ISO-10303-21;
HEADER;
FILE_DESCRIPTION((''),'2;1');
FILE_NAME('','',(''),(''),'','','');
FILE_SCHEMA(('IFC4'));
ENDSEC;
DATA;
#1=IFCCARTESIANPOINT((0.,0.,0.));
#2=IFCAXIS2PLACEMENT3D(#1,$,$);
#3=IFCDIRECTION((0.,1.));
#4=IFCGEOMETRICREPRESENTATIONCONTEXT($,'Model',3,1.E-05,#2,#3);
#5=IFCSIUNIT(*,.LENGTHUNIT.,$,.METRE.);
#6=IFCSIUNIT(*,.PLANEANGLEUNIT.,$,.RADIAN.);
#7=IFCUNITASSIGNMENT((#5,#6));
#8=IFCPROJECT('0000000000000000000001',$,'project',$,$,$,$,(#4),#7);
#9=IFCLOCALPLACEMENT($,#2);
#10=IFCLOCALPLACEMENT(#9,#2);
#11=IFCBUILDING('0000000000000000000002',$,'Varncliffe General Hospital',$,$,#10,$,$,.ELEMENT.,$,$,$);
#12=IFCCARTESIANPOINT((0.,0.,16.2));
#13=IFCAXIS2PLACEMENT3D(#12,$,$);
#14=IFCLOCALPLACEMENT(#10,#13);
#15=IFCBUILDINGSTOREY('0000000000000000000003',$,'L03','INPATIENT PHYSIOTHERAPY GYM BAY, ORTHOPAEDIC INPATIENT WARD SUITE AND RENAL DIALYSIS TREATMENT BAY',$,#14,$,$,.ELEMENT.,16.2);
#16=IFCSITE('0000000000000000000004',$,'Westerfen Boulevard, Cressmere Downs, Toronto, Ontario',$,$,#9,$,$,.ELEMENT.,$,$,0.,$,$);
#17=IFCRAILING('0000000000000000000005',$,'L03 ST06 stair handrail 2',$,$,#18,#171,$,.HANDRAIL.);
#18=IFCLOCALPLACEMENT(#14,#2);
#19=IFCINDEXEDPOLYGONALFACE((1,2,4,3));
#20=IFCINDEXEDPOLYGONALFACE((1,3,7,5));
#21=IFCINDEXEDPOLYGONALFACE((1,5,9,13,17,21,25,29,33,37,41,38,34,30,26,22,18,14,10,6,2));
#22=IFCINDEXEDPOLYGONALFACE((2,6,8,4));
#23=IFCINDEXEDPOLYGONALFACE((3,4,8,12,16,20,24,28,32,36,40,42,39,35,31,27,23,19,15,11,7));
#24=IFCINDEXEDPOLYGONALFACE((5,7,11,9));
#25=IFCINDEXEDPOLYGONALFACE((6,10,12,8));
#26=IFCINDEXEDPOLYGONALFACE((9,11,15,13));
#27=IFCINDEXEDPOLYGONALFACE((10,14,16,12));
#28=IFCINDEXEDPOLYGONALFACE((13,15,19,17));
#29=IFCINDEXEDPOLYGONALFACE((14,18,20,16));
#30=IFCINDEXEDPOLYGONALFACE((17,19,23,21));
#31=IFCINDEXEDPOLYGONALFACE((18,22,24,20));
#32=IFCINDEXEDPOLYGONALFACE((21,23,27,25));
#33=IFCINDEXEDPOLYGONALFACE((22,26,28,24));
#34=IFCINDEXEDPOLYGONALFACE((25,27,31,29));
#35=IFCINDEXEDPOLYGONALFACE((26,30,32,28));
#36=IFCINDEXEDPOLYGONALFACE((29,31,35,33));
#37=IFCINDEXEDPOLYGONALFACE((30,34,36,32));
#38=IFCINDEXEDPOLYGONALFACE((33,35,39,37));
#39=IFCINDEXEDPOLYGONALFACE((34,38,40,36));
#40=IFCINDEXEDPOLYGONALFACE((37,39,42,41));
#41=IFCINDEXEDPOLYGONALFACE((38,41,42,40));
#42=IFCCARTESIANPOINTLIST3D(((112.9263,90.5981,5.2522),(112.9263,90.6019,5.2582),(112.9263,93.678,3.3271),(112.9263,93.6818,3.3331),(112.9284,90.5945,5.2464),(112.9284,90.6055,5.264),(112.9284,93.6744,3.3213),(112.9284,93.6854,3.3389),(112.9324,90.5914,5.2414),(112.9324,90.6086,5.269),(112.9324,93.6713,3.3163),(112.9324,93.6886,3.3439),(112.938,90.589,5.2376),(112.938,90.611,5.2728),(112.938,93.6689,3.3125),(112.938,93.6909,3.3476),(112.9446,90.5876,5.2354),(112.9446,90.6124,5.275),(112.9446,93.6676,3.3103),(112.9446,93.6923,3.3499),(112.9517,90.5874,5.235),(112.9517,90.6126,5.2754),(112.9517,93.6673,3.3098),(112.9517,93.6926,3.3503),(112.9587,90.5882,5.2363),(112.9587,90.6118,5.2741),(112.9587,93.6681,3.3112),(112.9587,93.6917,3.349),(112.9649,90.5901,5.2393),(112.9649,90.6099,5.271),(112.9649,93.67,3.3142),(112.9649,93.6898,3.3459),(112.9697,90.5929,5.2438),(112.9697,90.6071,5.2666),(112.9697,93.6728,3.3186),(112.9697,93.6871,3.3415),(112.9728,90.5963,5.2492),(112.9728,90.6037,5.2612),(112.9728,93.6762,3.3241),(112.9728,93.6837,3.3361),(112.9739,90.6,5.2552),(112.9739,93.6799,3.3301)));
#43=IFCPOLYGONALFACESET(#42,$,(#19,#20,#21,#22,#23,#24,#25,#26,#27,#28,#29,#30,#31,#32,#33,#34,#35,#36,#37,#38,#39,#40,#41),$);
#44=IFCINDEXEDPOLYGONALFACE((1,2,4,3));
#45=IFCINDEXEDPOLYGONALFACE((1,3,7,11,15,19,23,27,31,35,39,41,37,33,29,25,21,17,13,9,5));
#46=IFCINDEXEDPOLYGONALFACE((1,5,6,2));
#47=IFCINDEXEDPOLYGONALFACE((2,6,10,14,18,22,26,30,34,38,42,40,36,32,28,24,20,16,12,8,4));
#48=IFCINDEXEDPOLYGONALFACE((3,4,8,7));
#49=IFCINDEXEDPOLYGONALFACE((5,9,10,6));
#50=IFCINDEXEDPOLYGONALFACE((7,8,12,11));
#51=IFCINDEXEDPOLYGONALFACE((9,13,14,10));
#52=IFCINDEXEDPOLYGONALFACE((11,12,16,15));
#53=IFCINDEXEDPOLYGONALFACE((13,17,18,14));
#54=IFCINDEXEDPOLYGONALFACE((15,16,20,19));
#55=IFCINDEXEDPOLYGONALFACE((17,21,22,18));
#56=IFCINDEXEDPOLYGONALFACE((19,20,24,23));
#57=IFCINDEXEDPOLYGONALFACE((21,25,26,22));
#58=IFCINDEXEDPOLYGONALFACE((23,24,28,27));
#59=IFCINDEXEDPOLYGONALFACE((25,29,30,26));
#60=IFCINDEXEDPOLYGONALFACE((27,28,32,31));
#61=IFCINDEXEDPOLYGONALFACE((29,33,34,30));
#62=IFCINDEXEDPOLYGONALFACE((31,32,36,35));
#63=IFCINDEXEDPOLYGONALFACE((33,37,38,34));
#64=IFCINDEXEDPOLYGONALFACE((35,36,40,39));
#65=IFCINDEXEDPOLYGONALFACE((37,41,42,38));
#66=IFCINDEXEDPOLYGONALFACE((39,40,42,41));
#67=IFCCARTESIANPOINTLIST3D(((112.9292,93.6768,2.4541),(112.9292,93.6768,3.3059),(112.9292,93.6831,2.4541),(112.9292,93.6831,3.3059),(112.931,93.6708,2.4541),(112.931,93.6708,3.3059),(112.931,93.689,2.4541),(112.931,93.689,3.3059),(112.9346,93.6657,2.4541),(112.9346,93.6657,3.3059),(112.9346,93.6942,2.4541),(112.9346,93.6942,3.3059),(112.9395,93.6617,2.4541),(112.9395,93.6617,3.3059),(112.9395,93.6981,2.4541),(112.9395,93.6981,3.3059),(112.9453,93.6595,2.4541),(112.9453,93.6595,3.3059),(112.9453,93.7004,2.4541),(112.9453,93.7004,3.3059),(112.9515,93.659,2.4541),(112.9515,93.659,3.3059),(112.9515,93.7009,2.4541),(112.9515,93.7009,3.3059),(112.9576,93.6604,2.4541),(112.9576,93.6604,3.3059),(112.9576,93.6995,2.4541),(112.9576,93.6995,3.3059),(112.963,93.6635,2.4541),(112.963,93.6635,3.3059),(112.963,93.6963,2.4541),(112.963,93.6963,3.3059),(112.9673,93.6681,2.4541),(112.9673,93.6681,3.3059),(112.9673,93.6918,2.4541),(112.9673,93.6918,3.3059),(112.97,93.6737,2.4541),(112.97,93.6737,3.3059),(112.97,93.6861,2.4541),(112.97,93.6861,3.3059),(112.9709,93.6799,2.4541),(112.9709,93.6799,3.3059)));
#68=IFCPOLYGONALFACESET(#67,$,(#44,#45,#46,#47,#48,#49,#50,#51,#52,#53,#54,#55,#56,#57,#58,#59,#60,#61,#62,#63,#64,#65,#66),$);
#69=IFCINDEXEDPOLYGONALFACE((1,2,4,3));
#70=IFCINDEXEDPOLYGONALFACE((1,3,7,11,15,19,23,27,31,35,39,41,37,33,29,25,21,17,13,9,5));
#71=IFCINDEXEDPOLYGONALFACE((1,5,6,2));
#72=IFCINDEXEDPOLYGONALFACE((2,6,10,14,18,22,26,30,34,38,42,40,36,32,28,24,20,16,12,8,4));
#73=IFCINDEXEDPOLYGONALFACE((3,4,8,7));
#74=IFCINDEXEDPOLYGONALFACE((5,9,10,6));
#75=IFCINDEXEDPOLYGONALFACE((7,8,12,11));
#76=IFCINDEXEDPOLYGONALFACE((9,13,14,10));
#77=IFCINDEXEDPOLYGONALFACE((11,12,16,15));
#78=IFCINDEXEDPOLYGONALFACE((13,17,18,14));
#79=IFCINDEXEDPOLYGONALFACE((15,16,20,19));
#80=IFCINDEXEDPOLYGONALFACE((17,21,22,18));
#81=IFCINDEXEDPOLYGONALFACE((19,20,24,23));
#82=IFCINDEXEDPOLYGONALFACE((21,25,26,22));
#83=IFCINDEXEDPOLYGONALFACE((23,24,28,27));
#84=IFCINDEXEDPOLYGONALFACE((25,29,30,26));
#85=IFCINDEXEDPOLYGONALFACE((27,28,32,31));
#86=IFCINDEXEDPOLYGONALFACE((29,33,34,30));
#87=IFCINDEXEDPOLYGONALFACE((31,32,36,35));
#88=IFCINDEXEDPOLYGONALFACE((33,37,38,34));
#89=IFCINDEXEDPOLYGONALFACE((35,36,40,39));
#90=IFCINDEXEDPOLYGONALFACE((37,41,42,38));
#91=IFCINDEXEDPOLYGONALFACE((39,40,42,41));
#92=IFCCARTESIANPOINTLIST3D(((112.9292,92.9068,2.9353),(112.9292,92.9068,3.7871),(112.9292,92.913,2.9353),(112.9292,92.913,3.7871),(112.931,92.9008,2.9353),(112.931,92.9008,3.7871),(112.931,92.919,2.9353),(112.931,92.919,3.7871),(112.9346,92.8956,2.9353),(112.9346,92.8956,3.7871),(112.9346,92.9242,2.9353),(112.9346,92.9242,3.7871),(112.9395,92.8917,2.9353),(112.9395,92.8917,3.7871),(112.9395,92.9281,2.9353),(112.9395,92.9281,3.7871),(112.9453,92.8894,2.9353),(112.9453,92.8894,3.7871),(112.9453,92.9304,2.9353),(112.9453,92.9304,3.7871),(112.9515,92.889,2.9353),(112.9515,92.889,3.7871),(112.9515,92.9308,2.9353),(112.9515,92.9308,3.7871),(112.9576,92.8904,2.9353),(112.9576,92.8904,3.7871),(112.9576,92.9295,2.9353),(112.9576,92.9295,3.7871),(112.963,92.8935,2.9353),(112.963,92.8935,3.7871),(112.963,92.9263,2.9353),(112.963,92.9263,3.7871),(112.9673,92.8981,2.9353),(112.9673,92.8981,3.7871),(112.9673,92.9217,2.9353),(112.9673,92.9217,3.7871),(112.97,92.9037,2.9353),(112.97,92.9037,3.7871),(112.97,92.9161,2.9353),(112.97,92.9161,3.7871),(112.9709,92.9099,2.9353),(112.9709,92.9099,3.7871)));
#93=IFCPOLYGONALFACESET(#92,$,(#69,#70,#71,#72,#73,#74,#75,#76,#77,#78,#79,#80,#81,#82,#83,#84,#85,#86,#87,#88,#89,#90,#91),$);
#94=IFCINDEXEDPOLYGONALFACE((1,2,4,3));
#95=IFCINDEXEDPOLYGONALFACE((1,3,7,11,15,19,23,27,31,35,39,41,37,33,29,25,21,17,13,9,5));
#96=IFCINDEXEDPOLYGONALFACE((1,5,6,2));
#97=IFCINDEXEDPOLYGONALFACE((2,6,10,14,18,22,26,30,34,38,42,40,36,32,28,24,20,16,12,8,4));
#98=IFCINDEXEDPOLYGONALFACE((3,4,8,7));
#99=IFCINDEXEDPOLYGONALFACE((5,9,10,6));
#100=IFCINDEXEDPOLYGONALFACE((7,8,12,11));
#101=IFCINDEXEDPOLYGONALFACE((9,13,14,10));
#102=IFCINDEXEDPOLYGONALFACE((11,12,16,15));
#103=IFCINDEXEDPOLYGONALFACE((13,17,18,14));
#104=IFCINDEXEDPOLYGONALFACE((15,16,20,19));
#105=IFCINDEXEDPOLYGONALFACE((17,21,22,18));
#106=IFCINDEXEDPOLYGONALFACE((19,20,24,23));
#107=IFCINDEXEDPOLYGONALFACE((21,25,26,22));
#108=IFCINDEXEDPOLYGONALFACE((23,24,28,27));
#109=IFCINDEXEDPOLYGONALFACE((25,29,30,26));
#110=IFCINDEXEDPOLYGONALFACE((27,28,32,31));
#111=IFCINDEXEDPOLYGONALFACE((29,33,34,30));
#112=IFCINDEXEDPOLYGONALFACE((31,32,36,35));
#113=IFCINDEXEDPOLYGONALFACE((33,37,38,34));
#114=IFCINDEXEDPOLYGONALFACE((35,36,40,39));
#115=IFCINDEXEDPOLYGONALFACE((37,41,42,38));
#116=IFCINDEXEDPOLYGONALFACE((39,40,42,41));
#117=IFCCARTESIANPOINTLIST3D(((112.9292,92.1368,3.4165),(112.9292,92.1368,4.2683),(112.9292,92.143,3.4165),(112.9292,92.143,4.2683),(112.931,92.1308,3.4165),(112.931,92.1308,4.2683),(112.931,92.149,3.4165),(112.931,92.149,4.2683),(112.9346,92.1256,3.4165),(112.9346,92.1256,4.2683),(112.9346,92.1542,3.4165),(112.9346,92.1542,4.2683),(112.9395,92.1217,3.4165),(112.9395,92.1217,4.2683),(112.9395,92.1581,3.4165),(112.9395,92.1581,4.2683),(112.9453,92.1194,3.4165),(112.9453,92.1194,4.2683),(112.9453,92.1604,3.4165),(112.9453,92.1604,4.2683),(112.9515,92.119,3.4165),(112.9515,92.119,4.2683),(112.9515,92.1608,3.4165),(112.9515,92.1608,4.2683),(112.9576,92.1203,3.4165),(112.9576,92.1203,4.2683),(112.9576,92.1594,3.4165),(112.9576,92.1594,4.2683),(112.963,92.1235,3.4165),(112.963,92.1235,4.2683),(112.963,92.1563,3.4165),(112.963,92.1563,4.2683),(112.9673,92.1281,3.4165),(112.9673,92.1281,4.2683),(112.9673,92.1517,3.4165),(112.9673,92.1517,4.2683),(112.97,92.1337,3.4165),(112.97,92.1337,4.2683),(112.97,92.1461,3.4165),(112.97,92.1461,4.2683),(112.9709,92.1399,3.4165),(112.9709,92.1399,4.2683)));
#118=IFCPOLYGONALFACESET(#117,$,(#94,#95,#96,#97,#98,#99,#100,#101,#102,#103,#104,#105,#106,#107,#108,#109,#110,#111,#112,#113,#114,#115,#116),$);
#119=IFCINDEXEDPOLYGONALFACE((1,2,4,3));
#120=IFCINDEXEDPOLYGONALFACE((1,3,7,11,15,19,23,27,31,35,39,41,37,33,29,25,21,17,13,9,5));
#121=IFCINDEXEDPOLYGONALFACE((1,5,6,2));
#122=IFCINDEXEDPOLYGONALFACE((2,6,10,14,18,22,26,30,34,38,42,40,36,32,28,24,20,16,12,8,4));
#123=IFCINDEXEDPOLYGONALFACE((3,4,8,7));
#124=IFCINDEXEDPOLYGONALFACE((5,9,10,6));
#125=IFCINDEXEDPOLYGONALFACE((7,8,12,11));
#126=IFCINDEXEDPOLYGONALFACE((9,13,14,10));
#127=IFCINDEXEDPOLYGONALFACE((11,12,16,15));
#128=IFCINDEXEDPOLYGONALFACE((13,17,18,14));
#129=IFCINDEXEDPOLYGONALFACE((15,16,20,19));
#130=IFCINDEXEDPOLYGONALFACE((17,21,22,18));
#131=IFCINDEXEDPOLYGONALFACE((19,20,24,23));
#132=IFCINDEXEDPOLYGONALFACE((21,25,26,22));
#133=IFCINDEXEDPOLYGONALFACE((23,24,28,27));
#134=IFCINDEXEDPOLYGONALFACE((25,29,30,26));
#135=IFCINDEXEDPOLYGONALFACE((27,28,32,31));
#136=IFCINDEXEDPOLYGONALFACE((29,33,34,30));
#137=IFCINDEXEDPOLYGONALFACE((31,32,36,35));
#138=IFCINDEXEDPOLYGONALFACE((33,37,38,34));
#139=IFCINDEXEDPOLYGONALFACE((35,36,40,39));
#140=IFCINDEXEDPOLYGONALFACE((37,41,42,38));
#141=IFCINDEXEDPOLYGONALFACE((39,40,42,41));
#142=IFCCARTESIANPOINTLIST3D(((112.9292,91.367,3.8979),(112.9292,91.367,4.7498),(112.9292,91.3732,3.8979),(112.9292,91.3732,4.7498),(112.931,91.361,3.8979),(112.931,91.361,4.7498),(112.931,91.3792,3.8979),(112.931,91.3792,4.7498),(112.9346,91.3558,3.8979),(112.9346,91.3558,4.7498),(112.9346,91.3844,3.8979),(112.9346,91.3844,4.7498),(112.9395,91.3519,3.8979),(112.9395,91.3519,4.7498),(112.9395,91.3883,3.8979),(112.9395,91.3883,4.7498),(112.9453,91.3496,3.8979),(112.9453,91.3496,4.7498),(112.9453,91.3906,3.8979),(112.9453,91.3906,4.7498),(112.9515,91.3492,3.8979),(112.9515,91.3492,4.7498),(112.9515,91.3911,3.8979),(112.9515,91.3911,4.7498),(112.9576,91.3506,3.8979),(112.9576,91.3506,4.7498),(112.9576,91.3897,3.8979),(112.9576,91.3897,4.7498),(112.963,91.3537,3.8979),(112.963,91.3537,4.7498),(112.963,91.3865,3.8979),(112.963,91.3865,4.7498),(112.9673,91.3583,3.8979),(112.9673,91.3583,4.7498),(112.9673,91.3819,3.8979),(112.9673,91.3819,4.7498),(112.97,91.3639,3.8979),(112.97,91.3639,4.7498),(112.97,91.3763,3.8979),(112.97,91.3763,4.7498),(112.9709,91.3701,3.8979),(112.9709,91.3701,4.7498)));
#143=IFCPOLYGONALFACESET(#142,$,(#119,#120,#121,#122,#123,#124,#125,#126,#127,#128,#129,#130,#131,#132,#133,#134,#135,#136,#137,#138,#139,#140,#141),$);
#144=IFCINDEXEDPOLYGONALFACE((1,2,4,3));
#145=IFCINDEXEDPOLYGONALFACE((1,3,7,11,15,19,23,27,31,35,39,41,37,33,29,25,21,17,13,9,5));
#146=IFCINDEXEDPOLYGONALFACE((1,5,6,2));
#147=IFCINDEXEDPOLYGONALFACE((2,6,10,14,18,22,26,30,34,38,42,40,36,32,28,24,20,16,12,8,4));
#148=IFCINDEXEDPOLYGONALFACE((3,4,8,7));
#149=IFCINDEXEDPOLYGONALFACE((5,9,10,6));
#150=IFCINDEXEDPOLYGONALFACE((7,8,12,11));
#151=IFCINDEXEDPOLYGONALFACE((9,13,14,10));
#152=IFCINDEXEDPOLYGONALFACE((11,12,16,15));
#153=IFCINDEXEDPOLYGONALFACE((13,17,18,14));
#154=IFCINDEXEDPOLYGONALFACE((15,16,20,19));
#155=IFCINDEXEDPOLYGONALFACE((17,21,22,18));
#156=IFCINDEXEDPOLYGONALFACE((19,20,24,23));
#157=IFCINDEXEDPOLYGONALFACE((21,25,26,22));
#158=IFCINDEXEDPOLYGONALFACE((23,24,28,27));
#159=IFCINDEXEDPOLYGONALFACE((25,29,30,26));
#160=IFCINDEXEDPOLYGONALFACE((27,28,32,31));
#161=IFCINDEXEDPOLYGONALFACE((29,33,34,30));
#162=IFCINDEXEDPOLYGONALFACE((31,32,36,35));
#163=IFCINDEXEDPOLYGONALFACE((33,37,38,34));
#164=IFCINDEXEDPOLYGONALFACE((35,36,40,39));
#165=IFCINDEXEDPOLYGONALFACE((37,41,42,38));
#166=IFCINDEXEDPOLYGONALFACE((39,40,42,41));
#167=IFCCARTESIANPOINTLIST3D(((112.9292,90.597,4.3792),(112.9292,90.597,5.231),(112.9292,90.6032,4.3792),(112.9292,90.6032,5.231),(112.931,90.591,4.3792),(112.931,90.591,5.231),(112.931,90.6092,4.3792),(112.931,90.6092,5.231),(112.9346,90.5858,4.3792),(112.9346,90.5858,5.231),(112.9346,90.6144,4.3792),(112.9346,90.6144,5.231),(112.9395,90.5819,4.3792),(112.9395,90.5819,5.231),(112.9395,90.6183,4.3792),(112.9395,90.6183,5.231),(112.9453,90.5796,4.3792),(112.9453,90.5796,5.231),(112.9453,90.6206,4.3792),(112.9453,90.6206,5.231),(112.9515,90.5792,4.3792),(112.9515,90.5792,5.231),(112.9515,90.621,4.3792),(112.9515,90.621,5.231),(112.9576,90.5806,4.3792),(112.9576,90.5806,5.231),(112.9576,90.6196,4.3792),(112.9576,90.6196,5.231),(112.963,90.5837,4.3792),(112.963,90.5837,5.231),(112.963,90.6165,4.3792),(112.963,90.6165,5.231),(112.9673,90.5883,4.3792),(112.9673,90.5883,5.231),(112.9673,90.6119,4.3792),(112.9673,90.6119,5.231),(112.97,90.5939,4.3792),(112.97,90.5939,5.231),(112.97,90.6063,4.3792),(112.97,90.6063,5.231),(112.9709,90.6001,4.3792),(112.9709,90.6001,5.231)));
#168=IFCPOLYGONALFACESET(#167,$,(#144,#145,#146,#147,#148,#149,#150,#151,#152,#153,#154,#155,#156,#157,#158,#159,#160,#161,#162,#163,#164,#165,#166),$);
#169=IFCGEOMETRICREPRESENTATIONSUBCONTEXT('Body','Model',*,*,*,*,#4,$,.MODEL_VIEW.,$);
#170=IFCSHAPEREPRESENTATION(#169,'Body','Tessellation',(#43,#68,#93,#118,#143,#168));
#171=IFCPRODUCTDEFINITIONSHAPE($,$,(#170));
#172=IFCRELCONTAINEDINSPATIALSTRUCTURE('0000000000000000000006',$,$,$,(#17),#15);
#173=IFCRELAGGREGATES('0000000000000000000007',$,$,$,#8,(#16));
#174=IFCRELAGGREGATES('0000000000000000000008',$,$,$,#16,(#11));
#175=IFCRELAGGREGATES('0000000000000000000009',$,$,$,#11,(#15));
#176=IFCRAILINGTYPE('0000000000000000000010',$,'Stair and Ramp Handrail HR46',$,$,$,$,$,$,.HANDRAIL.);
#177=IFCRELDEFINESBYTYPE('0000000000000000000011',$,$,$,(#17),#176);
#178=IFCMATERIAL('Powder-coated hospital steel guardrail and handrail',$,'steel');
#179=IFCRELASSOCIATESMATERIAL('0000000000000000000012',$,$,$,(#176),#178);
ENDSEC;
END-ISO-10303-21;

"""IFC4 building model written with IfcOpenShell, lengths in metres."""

from ifc_helpers import new_model, si_unit, direction, frame, origin, origin_2d, place, context, subcontext, project, spatial, circle, extrude, material, type_object, element, save


model = new_model("IFC4")

# Units and contexts
model_context = context("Model", 3, precision=1e-05, world=origin(), true_north=direction((0.0, 1.0)))
body_context = subcontext(model_context, "Body", "Model", "MODEL_VIEW")
ifc_project = project(units=[si_unit("LENGTHUNIT", "METRE"), si_unit("PLANEANGLEUNIT", "RADIAN")], contexts=[model_context])

# Site, building, storey
site_placement = place(None, origin())
site = spatial("IfcSite", under=ifc_project, at=site_placement, Name="Westerfen Boulevard, Cressmere Downs, Toronto, Ontario", CompositionType="ELEMENT", RefElevation=0.0)
building_placement = place(site_placement, origin())
building = spatial("IfcBuilding", under=site, at=building_placement, Name="Varncliffe General Hospital", CompositionType="ELEMENT")
storey_placement = place(building_placement, frame((0.0, 0.0, 16.2)))
storey = spatial("IfcBuildingStorey", under=building, at=storey_placement, Name="L03", Description="INPATIENT PHYSIOTHERAPY GYM BAY, ORTHOPAEDIC INPATIENT WARD SUITE AND RENAL DIALYSIS TREATMENT BAY", CompositionType="ELEMENT", Elevation=16.2)

# Railing
ifc_material_1 = material(Name="Powder-coated hospital steel guardrail and handrail", Category="steel")
railing_type_1 = type_object("IfcRailingType", Name="Stair and Ramp Handrail HR46", PredefinedType="HANDRAIL", material=ifc_material_1)
railing_1_placement = place(storey_placement, frame((112.95, 93.6799, 2.4541)))
element("IfcRailing", 1, at=railing_1_placement, inside=storey, type_object=railing_type_1, Name="L03 ST06 stair handrail 2", PredefinedType="HANDRAIL", context=body_context, shape_type="SweptSolid", body=[
    extrude(circle(Radius=0.0239, at=origin_2d()), frame((0.0, 0.0, 0.876), z_axis=(0.0, -0.847979, 0.530029), x_axis=(1.0, 0.0, 0.0)), (0.0, 0.0, 1.0), 3.6321),
    extrude(circle(Radius=0.021, at=origin_2d()), origin(), (0.0, 0.0, 1.0), 0.8518),
    extrude(circle(Radius=0.021, at=origin_2d()), frame((0.0, -0.77, 0.4812)), (0.0, 0.0, 1.0), 0.8518),
    extrude(circle(Radius=0.021, at=origin_2d()), frame((0.0, -1.54, 0.9624)), (0.0, 0.0, 1.0), 0.8518),
    extrude(circle(Radius=0.021, at=origin_2d()), frame((0.0, -2.3098, 1.4438)), (0.0, 0.0, 1.0), 0.8518),
    extrude(circle(Radius=0.021, at=origin_2d()), frame((0.0, -3.0798, 1.925)), (0.0, 0.0, 1.0), 0.8518),
])

save(model, "model.ifc")
